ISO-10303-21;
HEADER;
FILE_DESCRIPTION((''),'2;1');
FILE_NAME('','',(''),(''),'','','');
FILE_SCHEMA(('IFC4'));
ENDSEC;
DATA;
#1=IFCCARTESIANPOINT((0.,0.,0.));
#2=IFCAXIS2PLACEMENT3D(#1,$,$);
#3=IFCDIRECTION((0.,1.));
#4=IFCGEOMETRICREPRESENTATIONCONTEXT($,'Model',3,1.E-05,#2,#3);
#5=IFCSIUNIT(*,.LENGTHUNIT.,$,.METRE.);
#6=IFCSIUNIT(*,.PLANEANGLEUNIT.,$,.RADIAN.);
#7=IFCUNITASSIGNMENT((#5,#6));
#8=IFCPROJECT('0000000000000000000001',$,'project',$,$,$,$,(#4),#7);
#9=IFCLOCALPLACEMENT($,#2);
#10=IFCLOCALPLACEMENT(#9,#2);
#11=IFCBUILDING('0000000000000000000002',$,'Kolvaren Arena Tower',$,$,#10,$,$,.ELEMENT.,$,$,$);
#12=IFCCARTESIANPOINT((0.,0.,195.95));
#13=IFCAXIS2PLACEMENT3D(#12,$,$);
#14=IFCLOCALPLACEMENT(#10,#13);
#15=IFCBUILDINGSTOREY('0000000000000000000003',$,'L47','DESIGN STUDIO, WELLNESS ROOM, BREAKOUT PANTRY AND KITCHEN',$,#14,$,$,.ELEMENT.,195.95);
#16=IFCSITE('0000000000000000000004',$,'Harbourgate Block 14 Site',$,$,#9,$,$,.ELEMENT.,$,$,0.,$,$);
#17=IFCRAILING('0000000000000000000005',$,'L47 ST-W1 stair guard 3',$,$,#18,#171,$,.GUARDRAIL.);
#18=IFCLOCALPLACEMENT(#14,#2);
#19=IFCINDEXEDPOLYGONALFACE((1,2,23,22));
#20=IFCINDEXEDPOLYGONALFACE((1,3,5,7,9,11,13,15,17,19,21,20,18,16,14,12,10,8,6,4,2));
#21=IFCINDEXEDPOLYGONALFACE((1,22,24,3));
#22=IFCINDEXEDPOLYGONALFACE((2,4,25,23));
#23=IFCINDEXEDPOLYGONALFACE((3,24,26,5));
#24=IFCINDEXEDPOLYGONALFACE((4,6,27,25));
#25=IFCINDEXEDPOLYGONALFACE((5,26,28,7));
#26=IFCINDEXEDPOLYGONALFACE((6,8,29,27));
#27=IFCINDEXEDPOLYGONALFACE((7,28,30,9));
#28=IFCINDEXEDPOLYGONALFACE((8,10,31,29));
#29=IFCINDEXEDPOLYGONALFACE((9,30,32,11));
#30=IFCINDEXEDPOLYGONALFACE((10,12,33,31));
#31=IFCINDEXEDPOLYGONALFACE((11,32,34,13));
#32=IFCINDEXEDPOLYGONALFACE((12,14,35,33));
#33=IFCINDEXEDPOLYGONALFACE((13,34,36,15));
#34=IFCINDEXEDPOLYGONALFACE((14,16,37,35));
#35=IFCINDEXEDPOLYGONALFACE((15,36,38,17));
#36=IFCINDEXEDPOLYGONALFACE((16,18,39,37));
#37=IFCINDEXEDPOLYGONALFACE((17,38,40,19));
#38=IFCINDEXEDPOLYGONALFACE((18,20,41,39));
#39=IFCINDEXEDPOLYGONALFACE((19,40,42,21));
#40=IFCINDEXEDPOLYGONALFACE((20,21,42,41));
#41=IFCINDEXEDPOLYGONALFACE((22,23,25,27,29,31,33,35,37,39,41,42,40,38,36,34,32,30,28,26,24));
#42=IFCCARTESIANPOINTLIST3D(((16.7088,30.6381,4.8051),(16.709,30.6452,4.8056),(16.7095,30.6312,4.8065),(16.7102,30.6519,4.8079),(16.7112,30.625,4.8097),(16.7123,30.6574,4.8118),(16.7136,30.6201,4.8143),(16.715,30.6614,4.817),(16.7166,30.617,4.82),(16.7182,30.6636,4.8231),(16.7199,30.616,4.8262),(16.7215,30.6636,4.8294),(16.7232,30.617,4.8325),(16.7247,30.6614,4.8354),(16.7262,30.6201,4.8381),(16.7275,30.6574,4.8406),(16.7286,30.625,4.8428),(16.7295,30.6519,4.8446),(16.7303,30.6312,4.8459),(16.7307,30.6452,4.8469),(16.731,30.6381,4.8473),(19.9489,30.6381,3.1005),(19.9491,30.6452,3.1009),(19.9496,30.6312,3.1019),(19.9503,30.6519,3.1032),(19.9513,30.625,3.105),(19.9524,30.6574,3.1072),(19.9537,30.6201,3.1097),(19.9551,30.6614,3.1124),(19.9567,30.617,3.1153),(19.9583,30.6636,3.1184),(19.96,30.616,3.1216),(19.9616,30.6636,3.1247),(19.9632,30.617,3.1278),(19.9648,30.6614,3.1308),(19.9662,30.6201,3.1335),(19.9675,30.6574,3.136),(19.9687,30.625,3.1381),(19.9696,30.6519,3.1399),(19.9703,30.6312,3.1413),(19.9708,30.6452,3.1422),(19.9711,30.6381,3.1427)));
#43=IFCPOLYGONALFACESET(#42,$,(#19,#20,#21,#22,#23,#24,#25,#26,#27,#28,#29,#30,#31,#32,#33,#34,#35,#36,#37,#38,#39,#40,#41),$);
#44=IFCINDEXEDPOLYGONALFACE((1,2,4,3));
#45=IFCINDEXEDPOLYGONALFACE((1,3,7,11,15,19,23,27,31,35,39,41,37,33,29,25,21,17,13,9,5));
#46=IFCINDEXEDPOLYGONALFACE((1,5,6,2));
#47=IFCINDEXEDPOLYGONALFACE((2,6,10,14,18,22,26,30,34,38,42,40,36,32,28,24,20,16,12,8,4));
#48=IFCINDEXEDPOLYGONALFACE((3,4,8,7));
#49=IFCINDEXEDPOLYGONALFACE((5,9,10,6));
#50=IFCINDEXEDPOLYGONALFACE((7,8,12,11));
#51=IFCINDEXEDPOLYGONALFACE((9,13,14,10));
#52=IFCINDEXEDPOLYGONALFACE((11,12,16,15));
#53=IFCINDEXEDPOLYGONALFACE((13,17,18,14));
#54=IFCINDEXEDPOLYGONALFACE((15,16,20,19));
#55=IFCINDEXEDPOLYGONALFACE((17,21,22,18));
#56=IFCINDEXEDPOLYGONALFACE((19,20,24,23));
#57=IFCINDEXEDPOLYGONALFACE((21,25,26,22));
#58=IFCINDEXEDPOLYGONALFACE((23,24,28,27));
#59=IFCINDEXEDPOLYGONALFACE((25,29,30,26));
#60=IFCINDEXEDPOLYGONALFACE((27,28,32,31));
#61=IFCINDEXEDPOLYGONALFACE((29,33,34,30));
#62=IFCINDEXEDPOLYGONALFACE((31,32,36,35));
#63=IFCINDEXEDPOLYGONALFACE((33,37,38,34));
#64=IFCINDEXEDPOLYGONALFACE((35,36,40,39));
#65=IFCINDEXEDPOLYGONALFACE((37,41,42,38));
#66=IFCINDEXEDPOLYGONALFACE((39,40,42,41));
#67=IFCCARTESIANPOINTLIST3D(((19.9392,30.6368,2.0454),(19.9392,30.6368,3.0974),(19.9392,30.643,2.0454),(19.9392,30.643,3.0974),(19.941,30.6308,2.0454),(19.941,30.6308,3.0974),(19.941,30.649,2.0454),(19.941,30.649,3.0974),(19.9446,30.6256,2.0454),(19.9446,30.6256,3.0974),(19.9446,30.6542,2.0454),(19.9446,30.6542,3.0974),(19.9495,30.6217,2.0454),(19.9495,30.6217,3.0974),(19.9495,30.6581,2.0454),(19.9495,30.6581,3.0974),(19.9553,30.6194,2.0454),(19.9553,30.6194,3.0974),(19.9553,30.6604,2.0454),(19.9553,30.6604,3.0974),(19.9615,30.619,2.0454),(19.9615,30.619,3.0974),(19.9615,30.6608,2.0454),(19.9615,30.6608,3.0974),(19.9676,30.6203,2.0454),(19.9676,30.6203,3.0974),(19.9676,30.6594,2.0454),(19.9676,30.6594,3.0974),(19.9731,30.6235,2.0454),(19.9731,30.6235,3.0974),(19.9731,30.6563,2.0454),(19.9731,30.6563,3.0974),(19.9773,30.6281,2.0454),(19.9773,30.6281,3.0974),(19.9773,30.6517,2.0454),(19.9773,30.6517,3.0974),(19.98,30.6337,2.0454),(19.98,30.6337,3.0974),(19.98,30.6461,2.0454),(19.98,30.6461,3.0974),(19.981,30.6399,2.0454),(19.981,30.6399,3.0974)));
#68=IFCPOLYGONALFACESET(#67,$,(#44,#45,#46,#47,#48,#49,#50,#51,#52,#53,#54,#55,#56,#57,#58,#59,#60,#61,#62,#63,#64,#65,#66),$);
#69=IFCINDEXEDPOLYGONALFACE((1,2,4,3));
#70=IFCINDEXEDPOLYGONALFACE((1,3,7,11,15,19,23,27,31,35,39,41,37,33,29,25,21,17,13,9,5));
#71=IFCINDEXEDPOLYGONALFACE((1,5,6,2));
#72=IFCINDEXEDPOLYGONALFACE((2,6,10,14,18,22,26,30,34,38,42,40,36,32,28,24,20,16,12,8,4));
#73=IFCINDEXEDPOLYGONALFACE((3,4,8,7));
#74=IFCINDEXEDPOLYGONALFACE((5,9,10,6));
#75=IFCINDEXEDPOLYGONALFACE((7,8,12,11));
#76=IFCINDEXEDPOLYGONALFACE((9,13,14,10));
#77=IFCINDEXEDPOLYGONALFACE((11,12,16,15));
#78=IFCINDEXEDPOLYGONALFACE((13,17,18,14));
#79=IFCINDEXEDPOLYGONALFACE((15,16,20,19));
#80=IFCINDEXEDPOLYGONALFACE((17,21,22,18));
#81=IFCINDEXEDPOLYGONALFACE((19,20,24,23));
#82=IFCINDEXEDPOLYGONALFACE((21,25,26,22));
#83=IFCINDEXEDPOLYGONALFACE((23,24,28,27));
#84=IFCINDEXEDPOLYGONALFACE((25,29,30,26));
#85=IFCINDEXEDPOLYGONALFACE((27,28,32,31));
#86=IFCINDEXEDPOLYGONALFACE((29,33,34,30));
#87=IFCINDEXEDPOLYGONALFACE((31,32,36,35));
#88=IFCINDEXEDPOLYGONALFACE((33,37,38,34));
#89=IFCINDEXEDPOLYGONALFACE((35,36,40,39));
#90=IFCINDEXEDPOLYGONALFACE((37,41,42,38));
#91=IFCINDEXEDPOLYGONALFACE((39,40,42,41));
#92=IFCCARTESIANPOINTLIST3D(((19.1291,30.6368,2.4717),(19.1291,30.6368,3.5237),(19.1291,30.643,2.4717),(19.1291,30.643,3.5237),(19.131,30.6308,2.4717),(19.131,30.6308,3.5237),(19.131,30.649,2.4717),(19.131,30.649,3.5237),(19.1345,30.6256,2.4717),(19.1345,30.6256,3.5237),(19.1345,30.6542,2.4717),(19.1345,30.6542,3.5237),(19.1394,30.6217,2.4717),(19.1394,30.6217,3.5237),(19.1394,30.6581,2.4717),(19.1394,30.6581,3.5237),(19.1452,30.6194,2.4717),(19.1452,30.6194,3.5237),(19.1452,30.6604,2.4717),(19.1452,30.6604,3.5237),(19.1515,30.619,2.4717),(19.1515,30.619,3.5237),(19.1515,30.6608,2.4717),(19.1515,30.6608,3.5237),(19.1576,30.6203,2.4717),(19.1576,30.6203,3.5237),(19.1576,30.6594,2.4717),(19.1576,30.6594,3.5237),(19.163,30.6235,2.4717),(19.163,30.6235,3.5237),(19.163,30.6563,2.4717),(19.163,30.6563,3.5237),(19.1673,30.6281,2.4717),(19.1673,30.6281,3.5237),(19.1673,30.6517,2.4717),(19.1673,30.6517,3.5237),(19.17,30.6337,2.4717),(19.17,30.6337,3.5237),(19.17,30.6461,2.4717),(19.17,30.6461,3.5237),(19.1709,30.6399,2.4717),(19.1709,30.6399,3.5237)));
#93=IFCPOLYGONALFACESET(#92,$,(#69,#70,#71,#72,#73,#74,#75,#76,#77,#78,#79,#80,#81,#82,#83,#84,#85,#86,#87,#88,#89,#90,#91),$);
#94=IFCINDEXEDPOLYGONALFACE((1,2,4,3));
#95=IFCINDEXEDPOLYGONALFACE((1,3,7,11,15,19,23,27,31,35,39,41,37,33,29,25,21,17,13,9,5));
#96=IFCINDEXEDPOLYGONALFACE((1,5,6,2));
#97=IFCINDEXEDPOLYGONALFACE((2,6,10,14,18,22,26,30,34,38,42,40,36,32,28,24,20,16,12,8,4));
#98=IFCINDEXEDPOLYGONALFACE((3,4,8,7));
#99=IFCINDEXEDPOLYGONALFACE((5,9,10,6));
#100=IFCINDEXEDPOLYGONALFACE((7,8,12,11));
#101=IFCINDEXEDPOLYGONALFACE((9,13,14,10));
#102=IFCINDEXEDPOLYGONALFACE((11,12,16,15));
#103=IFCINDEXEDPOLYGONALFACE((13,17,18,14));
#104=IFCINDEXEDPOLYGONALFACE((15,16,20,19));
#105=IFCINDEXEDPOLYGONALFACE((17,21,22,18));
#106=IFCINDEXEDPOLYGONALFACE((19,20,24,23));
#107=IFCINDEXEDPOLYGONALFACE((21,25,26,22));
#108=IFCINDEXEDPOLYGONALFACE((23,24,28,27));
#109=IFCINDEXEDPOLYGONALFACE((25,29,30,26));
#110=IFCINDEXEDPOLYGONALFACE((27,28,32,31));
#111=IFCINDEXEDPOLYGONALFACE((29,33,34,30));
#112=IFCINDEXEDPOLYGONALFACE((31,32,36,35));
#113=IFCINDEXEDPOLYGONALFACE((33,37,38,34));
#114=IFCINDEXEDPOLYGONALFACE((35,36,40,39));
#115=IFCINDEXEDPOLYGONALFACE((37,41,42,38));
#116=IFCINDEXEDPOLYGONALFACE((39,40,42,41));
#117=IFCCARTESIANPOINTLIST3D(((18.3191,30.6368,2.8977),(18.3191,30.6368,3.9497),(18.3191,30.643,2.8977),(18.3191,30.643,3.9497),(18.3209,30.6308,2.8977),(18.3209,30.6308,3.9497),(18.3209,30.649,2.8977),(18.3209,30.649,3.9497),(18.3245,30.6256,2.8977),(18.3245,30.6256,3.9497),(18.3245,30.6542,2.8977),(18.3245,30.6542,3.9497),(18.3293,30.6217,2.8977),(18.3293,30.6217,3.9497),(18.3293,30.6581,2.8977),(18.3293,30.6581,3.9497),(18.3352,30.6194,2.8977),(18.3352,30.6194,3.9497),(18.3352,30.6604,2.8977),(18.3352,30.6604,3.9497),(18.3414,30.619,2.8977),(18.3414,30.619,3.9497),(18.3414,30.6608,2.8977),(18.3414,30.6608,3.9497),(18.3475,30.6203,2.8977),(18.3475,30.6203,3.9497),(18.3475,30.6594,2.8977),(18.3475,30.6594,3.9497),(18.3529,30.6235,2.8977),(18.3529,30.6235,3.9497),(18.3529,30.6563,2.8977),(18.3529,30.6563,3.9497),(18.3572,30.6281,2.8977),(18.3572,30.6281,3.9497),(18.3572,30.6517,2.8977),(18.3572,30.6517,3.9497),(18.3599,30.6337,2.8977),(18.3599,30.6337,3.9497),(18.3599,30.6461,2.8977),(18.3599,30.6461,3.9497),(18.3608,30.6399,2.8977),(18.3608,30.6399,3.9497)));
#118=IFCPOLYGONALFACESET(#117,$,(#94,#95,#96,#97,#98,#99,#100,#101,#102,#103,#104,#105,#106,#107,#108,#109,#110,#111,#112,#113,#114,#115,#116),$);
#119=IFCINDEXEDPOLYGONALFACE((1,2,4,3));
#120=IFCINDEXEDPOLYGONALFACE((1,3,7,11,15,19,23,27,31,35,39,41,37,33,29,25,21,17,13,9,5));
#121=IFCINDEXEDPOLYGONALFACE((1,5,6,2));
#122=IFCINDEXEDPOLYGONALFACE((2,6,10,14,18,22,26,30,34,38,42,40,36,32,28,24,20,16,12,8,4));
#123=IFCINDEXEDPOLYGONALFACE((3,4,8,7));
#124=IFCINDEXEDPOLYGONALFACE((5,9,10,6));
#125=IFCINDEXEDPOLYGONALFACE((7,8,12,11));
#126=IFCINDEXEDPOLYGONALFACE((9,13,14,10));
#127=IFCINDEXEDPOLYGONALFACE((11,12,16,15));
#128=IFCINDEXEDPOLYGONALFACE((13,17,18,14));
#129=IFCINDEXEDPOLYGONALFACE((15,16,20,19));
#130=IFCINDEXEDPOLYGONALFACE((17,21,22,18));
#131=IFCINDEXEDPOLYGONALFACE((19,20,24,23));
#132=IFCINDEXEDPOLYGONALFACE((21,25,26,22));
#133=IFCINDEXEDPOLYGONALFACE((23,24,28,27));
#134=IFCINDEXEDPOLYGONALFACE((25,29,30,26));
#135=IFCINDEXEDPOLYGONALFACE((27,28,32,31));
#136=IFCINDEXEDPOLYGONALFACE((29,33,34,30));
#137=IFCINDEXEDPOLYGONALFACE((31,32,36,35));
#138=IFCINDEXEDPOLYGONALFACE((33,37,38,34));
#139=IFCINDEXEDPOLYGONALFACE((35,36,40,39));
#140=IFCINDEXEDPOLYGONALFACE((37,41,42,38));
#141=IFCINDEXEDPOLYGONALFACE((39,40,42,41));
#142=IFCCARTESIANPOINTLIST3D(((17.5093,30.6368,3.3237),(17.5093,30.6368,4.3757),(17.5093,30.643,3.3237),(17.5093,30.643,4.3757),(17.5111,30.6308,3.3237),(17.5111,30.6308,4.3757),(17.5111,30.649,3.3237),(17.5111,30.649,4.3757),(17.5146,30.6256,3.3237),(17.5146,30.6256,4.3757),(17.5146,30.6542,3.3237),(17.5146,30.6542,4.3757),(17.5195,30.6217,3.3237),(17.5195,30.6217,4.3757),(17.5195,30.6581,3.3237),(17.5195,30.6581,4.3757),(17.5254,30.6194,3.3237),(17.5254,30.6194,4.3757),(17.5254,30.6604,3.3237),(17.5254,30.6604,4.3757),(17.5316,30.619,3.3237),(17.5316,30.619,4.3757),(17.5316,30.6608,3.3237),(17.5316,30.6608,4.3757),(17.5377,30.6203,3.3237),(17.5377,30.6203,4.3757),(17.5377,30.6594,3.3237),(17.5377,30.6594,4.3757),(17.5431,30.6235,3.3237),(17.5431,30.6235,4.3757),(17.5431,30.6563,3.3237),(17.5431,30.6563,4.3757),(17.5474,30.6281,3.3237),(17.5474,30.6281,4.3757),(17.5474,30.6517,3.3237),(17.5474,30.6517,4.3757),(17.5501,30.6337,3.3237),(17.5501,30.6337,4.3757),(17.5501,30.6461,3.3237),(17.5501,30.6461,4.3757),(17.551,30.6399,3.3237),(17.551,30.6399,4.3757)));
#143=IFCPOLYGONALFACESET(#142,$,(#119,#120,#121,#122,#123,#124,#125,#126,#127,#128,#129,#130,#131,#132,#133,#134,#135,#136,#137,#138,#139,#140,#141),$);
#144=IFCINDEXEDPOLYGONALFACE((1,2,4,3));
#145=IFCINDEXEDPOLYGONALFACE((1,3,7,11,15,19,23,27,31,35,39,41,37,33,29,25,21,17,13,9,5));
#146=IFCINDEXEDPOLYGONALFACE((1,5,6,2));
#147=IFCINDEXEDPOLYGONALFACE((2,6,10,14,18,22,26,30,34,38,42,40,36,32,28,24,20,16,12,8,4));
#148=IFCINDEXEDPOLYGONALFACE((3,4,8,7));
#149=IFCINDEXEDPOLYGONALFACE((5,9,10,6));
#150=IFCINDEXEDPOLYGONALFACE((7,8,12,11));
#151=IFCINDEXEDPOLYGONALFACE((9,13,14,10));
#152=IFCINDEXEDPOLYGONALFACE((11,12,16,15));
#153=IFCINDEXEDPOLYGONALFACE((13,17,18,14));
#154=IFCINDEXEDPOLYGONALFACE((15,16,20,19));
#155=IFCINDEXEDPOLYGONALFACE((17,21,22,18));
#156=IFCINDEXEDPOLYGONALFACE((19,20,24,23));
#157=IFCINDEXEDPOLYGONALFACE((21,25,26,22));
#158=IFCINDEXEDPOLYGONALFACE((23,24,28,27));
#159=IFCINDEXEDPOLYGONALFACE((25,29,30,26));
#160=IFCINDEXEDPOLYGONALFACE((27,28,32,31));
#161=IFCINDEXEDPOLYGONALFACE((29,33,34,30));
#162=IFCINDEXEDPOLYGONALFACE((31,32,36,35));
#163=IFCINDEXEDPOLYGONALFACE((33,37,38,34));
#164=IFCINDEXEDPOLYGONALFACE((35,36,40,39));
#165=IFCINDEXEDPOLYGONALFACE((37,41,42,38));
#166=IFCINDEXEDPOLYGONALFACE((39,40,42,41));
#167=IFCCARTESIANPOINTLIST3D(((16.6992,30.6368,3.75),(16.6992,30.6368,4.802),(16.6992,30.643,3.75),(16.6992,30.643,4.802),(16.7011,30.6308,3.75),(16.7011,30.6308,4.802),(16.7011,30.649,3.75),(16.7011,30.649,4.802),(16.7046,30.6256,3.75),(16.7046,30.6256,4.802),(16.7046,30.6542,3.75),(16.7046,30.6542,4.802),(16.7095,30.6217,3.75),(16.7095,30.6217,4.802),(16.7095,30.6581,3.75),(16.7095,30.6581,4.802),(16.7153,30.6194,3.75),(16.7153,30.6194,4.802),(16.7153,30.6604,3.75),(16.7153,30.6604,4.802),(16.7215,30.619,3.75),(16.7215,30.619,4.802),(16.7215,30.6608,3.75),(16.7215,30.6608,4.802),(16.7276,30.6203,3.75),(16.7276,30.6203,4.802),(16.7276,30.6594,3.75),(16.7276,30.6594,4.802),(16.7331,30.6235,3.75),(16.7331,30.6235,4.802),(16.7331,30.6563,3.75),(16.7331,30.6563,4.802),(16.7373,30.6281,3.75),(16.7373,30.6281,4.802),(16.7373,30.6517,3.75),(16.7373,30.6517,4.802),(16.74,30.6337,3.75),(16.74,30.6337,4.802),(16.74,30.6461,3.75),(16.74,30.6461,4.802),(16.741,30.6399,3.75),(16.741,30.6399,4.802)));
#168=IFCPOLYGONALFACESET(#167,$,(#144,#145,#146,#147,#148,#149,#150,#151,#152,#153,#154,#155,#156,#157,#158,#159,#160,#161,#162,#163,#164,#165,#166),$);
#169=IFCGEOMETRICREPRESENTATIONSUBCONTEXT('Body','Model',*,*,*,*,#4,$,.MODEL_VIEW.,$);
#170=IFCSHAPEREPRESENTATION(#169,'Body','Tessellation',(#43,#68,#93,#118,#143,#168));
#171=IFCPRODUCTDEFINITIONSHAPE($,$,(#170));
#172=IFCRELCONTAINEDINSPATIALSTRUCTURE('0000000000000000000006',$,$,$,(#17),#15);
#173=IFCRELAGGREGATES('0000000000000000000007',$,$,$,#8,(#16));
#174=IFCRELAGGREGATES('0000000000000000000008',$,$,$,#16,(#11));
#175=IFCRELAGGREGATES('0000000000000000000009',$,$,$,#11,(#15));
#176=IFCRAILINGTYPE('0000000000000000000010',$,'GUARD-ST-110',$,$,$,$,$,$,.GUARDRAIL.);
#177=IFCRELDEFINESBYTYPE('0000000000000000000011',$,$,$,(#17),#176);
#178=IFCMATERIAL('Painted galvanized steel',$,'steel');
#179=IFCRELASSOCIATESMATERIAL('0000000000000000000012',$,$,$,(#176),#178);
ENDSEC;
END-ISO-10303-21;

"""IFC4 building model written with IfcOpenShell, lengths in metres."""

from ifc_helpers import new_model, si_unit, direction, frame, origin, origin_2d, place, context, subcontext, project, spatial, circle, extrude, material, type_object, element, save


model = new_model("IFC4")

# Units and contexts
model_context = context("Model", 3, precision=1e-05, world=origin(), true_north=direction((0.0, 1.0)))
body_context = subcontext(model_context, "Body", "Model", "MODEL_VIEW")
ifc_project = project(units=[si_unit("LENGTHUNIT", "METRE"), si_unit("PLANEANGLEUNIT", "RADIAN")], contexts=[model_context])

# Site, building, storey
site_placement = place(None, origin())
site = spatial("IfcSite", under=ifc_project, at=site_placement, Name="Harbourgate Block 14 Site", CompositionType="ELEMENT", RefElevation=0.0)
building_placement = place(site_placement, origin())
building = spatial("IfcBuilding", under=site, at=building_placement, Name="Kolvaren Arena Tower", CompositionType="ELEMENT")
storey_placement = place(building_placement, frame((0.0, 0.0, 195.95)))
storey = spatial("IfcBuildingStorey", under=building, at=storey_placement, Name="L47", Description="DESIGN STUDIO, WELLNESS ROOM, BREAKOUT PANTRY AND KITCHEN", CompositionType="ELEMENT", Elevation=195.95)

# Railing
ifc_material_1 = material(Name="Painted galvanized steel", Category="steel")
railing_type_1 = type_object("IfcRailingType", Name="GUARD-ST-110", PredefinedType="GUARDRAIL", material=ifc_material_1)
railing_1_placement = place(storey_placement, frame((19.96, 30.6399, 2.0454)))
element("IfcRailing", 1, at=railing_1_placement, inside=storey, type_object=railing_type_1, Name="L47 ST-W1 stair guard 3", PredefinedType="GUARDRAIL", context=body_context, shape_type="SweptSolid", body=[
    extrude(circle(Radius=0.0239, at=origin_2d()), frame((0.0, 0.0, 1.0762), z_axis=(-0.884993, 0.0, 0.465604), x_axis=(0.0, -1.0, 0.0)), (0.0, 0.0, 1.0), 3.6611),
    extrude(circle(Radius=0.021, at=origin_2d()), origin(), (0.0, 0.0, 1.0), 1.052),
    extrude(circle(Radius=0.021, at=origin_2d()), frame((-0.8101, 0.0, 0.4263)), (0.0, 0.0, 1.0), 1.052),
    extrude(circle(Radius=0.021, at=origin_2d()), frame((-1.6201, 0.0, 0.8523)), (0.0, 0.0, 1.0), 1.052),
    extrude(circle(Radius=0.021, at=origin_2d()), frame((-2.4299, 0.0, 1.2783)), (0.0, 0.0, 1.0), 1.052),
    extrude(circle(Radius=0.021, at=origin_2d()), frame((-3.24, 0.0, 1.7046)), (0.0, 0.0, 1.0), 1.052),
])

save(model, "model.ifc")
